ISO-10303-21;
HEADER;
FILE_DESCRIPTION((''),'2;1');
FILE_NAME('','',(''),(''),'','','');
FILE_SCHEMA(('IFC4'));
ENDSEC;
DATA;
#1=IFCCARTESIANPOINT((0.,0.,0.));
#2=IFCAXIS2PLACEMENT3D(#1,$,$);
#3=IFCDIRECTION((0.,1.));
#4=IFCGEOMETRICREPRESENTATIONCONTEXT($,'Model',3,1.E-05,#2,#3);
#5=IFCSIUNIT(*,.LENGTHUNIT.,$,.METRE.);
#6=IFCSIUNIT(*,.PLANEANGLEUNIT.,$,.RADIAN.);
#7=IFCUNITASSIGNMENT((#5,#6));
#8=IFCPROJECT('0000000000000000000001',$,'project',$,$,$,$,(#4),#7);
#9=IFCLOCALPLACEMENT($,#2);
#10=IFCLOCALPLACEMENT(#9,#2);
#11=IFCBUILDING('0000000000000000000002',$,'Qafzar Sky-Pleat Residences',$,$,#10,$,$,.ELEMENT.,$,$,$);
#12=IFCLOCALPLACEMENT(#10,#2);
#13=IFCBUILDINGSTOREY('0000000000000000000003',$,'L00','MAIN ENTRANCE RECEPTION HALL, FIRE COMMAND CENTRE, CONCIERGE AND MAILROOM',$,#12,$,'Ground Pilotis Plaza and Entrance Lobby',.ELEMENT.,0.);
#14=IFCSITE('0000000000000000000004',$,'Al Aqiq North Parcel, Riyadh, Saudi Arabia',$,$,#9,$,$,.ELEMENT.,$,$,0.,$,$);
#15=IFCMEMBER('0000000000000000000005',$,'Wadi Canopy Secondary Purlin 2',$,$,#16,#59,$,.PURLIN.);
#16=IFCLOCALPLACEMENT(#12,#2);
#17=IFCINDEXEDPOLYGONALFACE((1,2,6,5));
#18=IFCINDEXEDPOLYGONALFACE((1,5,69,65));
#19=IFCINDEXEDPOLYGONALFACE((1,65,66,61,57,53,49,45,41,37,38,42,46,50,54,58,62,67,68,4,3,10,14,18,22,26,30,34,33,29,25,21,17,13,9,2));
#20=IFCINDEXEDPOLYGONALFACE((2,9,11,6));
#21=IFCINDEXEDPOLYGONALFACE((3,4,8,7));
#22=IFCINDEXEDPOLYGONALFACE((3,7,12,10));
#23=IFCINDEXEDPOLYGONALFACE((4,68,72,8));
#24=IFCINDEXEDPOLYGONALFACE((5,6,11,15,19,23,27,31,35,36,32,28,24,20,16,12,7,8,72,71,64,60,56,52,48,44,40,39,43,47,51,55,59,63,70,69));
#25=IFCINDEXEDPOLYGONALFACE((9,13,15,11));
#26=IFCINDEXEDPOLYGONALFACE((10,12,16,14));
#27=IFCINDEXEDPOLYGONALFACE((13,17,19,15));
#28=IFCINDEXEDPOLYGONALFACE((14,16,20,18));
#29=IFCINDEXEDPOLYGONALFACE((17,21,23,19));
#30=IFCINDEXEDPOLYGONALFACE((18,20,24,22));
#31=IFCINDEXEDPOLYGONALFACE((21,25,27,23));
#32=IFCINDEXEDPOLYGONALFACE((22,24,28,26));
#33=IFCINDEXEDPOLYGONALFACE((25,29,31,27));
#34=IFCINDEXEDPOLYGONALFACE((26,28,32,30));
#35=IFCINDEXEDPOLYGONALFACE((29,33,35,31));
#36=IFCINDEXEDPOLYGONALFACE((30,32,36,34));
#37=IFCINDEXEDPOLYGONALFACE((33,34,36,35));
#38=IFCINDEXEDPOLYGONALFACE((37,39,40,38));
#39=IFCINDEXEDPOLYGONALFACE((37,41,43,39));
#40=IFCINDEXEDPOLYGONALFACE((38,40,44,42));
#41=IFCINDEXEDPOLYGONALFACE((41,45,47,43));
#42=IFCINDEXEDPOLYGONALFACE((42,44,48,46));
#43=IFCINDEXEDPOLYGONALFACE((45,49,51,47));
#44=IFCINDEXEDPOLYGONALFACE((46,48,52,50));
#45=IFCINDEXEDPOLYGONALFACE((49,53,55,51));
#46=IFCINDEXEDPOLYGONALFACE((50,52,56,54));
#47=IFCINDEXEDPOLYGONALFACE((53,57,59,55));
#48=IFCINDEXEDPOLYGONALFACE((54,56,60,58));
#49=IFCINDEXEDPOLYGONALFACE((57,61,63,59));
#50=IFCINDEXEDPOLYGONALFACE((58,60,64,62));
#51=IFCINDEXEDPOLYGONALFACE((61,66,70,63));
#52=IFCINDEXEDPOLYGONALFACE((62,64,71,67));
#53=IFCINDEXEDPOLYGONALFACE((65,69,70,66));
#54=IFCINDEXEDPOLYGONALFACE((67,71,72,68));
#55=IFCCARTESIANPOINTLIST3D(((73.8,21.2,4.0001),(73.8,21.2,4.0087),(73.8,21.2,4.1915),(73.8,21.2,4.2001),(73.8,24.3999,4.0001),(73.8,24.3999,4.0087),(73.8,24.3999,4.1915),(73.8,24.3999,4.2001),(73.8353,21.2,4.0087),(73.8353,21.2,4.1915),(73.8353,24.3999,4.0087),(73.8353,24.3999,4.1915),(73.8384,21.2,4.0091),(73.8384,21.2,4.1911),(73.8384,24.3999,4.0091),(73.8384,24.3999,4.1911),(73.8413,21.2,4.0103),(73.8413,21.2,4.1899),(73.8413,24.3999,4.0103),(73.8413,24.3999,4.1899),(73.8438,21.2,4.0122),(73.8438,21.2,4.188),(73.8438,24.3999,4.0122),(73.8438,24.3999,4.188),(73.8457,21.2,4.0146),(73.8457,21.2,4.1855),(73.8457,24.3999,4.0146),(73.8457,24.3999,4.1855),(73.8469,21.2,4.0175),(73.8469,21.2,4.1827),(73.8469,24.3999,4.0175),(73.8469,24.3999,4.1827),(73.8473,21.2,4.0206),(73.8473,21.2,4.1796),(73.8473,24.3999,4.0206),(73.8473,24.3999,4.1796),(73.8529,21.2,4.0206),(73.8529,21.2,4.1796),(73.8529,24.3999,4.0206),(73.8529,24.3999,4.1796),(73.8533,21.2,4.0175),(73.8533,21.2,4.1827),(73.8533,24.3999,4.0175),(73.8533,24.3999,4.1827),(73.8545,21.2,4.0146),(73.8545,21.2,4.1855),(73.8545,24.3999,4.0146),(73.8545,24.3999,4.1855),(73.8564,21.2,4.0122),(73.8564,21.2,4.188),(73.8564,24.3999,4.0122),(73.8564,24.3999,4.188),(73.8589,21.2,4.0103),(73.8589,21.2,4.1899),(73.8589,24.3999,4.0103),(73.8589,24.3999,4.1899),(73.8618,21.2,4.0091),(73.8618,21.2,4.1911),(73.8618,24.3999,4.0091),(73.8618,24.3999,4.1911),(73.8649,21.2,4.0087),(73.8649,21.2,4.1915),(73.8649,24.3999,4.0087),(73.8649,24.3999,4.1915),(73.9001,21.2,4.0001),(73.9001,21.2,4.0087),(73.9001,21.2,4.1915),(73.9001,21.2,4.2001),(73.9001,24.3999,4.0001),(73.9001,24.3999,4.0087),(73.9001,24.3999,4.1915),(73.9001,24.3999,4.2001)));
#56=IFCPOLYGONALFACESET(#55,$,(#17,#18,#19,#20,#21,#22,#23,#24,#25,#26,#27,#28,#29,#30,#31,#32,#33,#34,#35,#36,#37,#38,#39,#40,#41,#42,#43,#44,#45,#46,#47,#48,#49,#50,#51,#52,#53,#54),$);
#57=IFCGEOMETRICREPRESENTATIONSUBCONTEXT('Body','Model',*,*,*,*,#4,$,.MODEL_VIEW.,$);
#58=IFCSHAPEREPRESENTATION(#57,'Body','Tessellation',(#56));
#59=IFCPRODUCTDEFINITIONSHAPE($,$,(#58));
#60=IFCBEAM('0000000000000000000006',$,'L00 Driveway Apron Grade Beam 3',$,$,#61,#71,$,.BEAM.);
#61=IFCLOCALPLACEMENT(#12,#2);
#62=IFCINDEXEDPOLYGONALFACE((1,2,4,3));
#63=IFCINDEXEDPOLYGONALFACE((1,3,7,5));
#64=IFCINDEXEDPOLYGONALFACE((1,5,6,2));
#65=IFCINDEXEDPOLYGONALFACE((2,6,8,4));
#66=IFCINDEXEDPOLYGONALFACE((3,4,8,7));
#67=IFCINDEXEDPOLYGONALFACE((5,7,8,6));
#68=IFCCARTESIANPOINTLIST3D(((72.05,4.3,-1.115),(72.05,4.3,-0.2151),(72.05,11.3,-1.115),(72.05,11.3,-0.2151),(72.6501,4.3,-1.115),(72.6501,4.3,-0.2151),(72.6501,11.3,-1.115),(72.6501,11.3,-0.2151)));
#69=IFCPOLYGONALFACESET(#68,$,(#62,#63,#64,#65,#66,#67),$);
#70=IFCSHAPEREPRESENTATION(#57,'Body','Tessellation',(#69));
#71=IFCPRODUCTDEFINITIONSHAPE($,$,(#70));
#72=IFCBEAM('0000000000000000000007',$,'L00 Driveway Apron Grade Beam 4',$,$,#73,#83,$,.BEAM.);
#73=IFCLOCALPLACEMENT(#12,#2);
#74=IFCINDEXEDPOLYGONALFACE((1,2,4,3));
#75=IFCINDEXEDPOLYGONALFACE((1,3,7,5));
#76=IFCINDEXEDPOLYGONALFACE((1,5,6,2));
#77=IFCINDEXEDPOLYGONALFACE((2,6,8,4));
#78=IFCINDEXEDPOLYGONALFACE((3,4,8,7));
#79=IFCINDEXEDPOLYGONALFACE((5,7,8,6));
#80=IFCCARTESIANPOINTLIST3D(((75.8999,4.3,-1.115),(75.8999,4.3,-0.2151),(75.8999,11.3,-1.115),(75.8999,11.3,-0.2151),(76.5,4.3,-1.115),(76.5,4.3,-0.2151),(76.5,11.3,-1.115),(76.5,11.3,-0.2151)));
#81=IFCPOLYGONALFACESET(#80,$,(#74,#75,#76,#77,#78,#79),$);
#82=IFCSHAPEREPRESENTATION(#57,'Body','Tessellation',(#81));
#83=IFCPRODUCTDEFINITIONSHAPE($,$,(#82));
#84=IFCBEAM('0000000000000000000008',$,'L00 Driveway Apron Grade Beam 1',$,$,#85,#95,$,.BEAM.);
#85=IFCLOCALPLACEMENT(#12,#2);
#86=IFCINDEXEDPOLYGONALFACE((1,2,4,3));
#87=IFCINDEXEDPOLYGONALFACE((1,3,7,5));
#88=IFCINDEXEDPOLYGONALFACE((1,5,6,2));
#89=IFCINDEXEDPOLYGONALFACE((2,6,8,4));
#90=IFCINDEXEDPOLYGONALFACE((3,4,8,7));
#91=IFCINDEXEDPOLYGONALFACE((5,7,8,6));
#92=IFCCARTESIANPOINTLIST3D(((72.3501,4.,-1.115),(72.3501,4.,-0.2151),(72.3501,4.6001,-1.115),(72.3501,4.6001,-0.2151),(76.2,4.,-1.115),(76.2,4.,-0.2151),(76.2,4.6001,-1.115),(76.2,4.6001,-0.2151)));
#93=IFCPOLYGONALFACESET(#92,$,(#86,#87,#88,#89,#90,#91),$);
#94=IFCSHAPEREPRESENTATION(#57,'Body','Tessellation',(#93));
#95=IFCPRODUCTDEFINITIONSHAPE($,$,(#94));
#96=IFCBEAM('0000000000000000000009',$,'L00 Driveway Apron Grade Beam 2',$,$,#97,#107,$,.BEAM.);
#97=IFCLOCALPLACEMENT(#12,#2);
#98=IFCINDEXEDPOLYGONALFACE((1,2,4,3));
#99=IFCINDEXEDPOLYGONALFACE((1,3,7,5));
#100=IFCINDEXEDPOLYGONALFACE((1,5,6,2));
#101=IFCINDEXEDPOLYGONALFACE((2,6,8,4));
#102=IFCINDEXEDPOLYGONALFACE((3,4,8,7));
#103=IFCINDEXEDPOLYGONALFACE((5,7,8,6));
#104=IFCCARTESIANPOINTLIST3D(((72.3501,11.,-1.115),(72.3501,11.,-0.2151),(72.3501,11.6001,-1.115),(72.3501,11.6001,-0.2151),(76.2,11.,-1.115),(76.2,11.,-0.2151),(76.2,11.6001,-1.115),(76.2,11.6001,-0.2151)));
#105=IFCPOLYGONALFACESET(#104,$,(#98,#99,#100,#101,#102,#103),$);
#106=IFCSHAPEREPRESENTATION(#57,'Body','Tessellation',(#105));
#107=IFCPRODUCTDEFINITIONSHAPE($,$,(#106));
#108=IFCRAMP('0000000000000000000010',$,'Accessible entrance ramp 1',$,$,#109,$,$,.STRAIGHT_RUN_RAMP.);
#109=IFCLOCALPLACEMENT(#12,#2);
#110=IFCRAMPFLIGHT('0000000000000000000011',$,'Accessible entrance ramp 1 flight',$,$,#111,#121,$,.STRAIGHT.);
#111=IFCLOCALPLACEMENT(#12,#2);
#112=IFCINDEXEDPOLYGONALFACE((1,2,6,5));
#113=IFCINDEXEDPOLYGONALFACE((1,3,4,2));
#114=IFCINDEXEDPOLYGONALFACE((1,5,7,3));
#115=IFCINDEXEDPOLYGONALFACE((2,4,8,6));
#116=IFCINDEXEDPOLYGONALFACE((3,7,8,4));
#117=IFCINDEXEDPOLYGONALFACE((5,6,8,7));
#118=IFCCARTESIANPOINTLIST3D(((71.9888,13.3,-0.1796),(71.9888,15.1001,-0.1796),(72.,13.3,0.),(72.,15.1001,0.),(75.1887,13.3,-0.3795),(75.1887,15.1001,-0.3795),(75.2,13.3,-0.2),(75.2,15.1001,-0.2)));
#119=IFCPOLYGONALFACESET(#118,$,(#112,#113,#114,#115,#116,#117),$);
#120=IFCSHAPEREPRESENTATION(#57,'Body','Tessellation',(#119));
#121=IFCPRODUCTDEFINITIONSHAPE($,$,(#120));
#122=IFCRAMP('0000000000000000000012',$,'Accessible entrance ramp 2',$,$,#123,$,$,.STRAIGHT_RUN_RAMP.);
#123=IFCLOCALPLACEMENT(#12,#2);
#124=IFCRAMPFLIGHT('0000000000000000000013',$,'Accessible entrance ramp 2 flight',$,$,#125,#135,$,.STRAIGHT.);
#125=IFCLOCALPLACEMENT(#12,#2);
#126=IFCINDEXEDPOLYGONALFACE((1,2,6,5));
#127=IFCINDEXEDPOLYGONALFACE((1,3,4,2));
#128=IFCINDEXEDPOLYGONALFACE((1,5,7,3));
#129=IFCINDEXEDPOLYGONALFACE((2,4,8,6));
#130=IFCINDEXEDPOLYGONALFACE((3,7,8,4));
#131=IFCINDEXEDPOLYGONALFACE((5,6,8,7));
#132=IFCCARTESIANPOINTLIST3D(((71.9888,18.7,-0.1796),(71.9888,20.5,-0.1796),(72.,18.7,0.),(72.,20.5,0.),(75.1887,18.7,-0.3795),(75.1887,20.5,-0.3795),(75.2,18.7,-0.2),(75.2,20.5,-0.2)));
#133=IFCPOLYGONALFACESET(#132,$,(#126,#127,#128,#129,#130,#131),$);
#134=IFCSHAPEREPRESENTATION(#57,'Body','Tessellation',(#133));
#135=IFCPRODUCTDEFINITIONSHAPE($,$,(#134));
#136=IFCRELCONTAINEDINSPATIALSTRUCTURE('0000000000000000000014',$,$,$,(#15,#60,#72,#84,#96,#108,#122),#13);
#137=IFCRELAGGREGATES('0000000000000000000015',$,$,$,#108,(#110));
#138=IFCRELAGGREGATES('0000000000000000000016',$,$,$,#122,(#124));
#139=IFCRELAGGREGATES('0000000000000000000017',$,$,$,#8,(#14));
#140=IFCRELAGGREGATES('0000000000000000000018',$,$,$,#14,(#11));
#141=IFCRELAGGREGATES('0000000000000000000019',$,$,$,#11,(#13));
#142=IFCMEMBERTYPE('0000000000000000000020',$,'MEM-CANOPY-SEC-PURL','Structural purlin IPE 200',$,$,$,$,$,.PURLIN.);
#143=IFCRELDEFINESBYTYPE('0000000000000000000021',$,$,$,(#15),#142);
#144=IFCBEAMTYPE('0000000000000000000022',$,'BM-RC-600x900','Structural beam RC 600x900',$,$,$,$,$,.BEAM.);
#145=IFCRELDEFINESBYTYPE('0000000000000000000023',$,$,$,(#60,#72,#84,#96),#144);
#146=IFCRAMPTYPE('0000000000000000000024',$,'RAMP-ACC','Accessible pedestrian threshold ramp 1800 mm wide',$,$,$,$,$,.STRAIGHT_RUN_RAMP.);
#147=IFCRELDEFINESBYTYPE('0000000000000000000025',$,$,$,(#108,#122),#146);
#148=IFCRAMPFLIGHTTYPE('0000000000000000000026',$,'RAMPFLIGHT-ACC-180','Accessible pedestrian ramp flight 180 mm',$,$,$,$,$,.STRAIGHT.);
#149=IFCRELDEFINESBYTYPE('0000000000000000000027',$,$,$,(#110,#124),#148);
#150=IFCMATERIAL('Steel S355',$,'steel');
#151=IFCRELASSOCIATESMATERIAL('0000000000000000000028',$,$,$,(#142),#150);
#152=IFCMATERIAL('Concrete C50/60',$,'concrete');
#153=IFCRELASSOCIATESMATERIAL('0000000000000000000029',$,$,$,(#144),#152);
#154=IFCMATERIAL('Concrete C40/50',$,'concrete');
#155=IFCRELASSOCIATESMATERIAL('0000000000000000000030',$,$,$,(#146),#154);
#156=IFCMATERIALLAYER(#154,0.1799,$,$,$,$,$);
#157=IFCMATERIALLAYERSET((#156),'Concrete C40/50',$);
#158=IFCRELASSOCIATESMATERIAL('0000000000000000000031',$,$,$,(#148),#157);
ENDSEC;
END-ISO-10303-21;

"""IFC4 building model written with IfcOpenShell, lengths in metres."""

from ifc_helpers import new_model, si_unit, direction, frame, origin, origin_2d, place, context, subcontext, project, spatial, polyline, rectangle, i_section, outline, extrude, source, transform, mapped, material, layer, layer_set, material_profile, profile_set, type_object, element, aggregate, save


model = new_model("IFC4")

# Units and contexts
model_context = context("Model", 3, precision=1e-05, world=origin(), true_north=direction((0.0, 1.0)))
body_context = subcontext(model_context, "Body", "Model", "MODEL_VIEW")
ifc_project = project(units=[si_unit("LENGTHUNIT", "METRE"), si_unit("PLANEANGLEUNIT", "RADIAN")], contexts=[model_context])

# Site, building, storey
site_placement = place(None, origin())
site = spatial("IfcSite", under=ifc_project, at=site_placement, Name="Al Aqiq North Parcel, Riyadh, Saudi Arabia", CompositionType="ELEMENT", RefElevation=0.0)
building_placement = place(site_placement, origin())
building = spatial("IfcBuilding", under=site, at=building_placement, Name="Qafzar Sky-Pleat Residences", CompositionType="ELEMENT")
storey_placement = place(building_placement, origin())
storey = spatial("IfcBuildingStorey", under=building, at=storey_placement, Name="L00", Description="MAIN ENTRANCE RECEPTION HALL, FIRE COMMAND CENTRE, CONCIERGE AND MAILROOM", LongName="Ground Pilotis Plaza and Entrance Lobby", CompositionType="ELEMENT", Elevation=0.0)

# Shared definitions
ifc_material_1 = material(Name="Concrete C50/60", Category="concrete")

# Shared definitions
ifc_material_2 = material(Name="Steel S355", Category="steel")

# Member
ifc_material_profile_1 = material_profile(ifc_material_2, i_section(OverallWidth=0.1001, OverallDepth=0.2, WebThickness=0.0056, FlangeThickness=0.0085, FilletRadius=0.012, at=origin_2d()), Name="IPE 200")
ifc_profile_set_1 = profile_set([ifc_material_profile_1], Name="Steel S355")
member_type = type_object("IfcMemberType", Name="MEM-CANOPY-SEC-PURL", Description="Structural purlin IPE 200", PredefinedType="PURLIN", material=ifc_profile_set_1)
shared_shape_1 = source(origin(), body_context, "Body", "SweptSolid", [
    extrude(i_section(OverallWidth=0.1001, OverallDepth=0.2, WebThickness=0.0056, FlangeThickness=0.0085, FilletRadius=0.012, at=origin_2d()), origin(), (0.0, 0.0, 1.0), 3.2),
])
for number, where, z_axis, x_axis, name in (
    (1, (73.8501, 21.2, 4.1001), (0.0, 1.0, 0.0), (-1.0, 0.0, 0.0), "Wadi Canopy Secondary Purlin 2"),
):
    element("IfcMember", number, at=place(storey_placement, frame(where, z_axis=z_axis, x_axis=x_axis)), inside=storey, type_object=member_type, Name=name, PredefinedType="PURLIN", context=body_context, shape_type="MappedRepresentation", body=[
        mapped(shared_shape_1, transform((0.0, 0.0, 0.0), x_axis=(1.0, 0.0, 0.0), y_axis=(0.0, 1.0, 0.0), z_axis=(0.0, 0.0, 1.0), scale=1.0)),
    ])

# Beams
ifc_material_profile_2 = material_profile(ifc_material_1, rectangle(XDim=0.6001, YDim=0.8999, at=origin_2d()), Name="RC 600x900")
ifc_profile_set_2 = profile_set([ifc_material_profile_2], Name="Concrete C50/60")
beam_type_1 = type_object("IfcBeamType", Name="BM-RC-600x900", Description="Structural beam RC 600x900", PredefinedType="BEAM", material=ifc_profile_set_2)
shared_shape_2 = source(origin(), body_context, "Body", "SweptSolid", [
    extrude(rectangle(XDim=0.6001, YDim=0.8999, at=origin_2d()), origin(), (0.0, 0.0, 1.0), 7.0),
])
for number, where, z_axis, x_axis, name in (
    (2, (72.3501, 4.3, -0.665), (0.0, 1.0, 0.0), (-1.0, 0.0, 0.0), "L00 Driveway Apron Grade Beam 3"),
    (3, (76.2, 4.3, -0.665), (0.0, 1.0, 0.0), (-1.0, 0.0, 0.0), "L00 Driveway Apron Grade Beam 4"),
):
    element("IfcBeam", number, at=place(storey_placement, frame(where, z_axis=z_axis, x_axis=x_axis)), inside=storey, type_object=beam_type_1, Name=name, PredefinedType="BEAM", context=body_context, shape_type="MappedRepresentation", body=[
        mapped(shared_shape_2, transform((0.0, 0.0, 0.0), x_axis=(1.0, 0.0, 0.0), y_axis=(0.0, 1.0, 0.0), z_axis=(0.0, 0.0, 1.0), scale=1.0)),
    ])
shared_shape_3 = source(origin(), body_context, "Body", "SweptSolid", [
    extrude(rectangle(XDim=0.6001, YDim=0.8999, at=origin_2d()), origin(), (0.0, 0.0, 1.0), 3.8499),
])
for number, where, z_axis, x_axis, name in (
    (4, (72.3501, 4.3, -0.665), (1.0, 0.0, 0.0), (0.0, 1.0, 0.0), "L00 Driveway Apron Grade Beam 1"),
    (5, (72.3501, 11.3, -0.665), (1.0, 0.0, 0.0), (0.0, 1.0, 0.0), "L00 Driveway Apron Grade Beam 2"),
):
    element("IfcBeam", number, at=place(storey_placement, frame(where, z_axis=z_axis, x_axis=x_axis)), inside=storey, type_object=beam_type_1, Name=name, PredefinedType="BEAM", context=body_context, shape_type="MappedRepresentation", body=[
        mapped(shared_shape_3, transform((0.0, 0.0, 0.0), x_axis=(1.0, 0.0, 0.0), y_axis=(0.0, 1.0, 0.0), z_axis=(0.0, 0.0, 1.0), scale=1.0)),
    ])

# Ramps, ramp flights
ifc_material_3 = material(Name="Concrete C40/50", Category="concrete")
ramp_type = type_object("IfcRampType", Name="RAMP-ACC", Description="Accessible pedestrian threshold ramp 1800 mm wide", PredefinedType="STRAIGHT_RUN_RAMP", material=ifc_material_3)
ramp_1_placement = place(storey_placement, origin())
ramp_1 = element("IfcRamp", 6, at=ramp_1_placement, inside=storey, type_object=ramp_type, Name="Accessible entrance ramp 1", PredefinedType="STRAIGHT_RUN_RAMP")
ifc_layer_1 = layer(ifc_material_3, 0.1799)
ifc_layer_set_1 = layer_set([ifc_layer_1], Name="Concrete C40/50")
ramp_flight_type = type_object("IfcRampFlightType", Name="RAMPFLIGHT-ACC-180", Description="Accessible pedestrian ramp flight 180 mm", PredefinedType="STRAIGHT", material=ifc_layer_set_1)
ramp_flight_1_placement = place(storey_placement, frame((75.2, 13.3, -0.2), z_axis=(0.062364, 0.0, 0.998053), x_axis=(-0.998053, 0.0, 0.062364)))
ramp_flight_1 = element("IfcRampFlight", 7, at=ramp_flight_1_placement, type_object=ramp_flight_type, Name="Accessible entrance ramp 1 flight", PredefinedType="STRAIGHT", context=body_context, shape_type="SweptSolid", body=[
    extrude(outline(polyline([(0.0, 0.0), (3.2062, 0.0), (3.2062, -1.8), (0.0, -1.8), (0.0, 0.0)])), origin(), (0.0, 0.0, -1.0), 0.1799),
])
aggregate(ramp_1, [ramp_flight_1])
ramp_2_placement = place(storey_placement, origin())
ramp_2 = element("IfcRamp", 8, at=ramp_2_placement, inside=storey, type_object=ramp_type, Name="Accessible entrance ramp 2", PredefinedType="STRAIGHT_RUN_RAMP")
ramp_flight_2_placement = place(storey_placement, frame((75.2, 18.7, -0.2), z_axis=(0.062364, 0.0, 0.998053), x_axis=(-0.998053, 0.0, 0.062364)))
ramp_flight_2 = element("IfcRampFlight", 9, at=ramp_flight_2_placement, type_object=ramp_flight_type, Name="Accessible entrance ramp 2 flight", PredefinedType="STRAIGHT", context=body_context, shape_type="SweptSolid", body=[
    extrude(outline(polyline([(0.0, 0.0), (3.2062, 0.0), (3.2062, -1.8), (0.0, -1.8), (0.0, 0.0)])), origin(), (0.0, 0.0, -1.0), 0.1799),
])
aggregate(ramp_2, [ramp_flight_2])

save(model, "model.ifc")
